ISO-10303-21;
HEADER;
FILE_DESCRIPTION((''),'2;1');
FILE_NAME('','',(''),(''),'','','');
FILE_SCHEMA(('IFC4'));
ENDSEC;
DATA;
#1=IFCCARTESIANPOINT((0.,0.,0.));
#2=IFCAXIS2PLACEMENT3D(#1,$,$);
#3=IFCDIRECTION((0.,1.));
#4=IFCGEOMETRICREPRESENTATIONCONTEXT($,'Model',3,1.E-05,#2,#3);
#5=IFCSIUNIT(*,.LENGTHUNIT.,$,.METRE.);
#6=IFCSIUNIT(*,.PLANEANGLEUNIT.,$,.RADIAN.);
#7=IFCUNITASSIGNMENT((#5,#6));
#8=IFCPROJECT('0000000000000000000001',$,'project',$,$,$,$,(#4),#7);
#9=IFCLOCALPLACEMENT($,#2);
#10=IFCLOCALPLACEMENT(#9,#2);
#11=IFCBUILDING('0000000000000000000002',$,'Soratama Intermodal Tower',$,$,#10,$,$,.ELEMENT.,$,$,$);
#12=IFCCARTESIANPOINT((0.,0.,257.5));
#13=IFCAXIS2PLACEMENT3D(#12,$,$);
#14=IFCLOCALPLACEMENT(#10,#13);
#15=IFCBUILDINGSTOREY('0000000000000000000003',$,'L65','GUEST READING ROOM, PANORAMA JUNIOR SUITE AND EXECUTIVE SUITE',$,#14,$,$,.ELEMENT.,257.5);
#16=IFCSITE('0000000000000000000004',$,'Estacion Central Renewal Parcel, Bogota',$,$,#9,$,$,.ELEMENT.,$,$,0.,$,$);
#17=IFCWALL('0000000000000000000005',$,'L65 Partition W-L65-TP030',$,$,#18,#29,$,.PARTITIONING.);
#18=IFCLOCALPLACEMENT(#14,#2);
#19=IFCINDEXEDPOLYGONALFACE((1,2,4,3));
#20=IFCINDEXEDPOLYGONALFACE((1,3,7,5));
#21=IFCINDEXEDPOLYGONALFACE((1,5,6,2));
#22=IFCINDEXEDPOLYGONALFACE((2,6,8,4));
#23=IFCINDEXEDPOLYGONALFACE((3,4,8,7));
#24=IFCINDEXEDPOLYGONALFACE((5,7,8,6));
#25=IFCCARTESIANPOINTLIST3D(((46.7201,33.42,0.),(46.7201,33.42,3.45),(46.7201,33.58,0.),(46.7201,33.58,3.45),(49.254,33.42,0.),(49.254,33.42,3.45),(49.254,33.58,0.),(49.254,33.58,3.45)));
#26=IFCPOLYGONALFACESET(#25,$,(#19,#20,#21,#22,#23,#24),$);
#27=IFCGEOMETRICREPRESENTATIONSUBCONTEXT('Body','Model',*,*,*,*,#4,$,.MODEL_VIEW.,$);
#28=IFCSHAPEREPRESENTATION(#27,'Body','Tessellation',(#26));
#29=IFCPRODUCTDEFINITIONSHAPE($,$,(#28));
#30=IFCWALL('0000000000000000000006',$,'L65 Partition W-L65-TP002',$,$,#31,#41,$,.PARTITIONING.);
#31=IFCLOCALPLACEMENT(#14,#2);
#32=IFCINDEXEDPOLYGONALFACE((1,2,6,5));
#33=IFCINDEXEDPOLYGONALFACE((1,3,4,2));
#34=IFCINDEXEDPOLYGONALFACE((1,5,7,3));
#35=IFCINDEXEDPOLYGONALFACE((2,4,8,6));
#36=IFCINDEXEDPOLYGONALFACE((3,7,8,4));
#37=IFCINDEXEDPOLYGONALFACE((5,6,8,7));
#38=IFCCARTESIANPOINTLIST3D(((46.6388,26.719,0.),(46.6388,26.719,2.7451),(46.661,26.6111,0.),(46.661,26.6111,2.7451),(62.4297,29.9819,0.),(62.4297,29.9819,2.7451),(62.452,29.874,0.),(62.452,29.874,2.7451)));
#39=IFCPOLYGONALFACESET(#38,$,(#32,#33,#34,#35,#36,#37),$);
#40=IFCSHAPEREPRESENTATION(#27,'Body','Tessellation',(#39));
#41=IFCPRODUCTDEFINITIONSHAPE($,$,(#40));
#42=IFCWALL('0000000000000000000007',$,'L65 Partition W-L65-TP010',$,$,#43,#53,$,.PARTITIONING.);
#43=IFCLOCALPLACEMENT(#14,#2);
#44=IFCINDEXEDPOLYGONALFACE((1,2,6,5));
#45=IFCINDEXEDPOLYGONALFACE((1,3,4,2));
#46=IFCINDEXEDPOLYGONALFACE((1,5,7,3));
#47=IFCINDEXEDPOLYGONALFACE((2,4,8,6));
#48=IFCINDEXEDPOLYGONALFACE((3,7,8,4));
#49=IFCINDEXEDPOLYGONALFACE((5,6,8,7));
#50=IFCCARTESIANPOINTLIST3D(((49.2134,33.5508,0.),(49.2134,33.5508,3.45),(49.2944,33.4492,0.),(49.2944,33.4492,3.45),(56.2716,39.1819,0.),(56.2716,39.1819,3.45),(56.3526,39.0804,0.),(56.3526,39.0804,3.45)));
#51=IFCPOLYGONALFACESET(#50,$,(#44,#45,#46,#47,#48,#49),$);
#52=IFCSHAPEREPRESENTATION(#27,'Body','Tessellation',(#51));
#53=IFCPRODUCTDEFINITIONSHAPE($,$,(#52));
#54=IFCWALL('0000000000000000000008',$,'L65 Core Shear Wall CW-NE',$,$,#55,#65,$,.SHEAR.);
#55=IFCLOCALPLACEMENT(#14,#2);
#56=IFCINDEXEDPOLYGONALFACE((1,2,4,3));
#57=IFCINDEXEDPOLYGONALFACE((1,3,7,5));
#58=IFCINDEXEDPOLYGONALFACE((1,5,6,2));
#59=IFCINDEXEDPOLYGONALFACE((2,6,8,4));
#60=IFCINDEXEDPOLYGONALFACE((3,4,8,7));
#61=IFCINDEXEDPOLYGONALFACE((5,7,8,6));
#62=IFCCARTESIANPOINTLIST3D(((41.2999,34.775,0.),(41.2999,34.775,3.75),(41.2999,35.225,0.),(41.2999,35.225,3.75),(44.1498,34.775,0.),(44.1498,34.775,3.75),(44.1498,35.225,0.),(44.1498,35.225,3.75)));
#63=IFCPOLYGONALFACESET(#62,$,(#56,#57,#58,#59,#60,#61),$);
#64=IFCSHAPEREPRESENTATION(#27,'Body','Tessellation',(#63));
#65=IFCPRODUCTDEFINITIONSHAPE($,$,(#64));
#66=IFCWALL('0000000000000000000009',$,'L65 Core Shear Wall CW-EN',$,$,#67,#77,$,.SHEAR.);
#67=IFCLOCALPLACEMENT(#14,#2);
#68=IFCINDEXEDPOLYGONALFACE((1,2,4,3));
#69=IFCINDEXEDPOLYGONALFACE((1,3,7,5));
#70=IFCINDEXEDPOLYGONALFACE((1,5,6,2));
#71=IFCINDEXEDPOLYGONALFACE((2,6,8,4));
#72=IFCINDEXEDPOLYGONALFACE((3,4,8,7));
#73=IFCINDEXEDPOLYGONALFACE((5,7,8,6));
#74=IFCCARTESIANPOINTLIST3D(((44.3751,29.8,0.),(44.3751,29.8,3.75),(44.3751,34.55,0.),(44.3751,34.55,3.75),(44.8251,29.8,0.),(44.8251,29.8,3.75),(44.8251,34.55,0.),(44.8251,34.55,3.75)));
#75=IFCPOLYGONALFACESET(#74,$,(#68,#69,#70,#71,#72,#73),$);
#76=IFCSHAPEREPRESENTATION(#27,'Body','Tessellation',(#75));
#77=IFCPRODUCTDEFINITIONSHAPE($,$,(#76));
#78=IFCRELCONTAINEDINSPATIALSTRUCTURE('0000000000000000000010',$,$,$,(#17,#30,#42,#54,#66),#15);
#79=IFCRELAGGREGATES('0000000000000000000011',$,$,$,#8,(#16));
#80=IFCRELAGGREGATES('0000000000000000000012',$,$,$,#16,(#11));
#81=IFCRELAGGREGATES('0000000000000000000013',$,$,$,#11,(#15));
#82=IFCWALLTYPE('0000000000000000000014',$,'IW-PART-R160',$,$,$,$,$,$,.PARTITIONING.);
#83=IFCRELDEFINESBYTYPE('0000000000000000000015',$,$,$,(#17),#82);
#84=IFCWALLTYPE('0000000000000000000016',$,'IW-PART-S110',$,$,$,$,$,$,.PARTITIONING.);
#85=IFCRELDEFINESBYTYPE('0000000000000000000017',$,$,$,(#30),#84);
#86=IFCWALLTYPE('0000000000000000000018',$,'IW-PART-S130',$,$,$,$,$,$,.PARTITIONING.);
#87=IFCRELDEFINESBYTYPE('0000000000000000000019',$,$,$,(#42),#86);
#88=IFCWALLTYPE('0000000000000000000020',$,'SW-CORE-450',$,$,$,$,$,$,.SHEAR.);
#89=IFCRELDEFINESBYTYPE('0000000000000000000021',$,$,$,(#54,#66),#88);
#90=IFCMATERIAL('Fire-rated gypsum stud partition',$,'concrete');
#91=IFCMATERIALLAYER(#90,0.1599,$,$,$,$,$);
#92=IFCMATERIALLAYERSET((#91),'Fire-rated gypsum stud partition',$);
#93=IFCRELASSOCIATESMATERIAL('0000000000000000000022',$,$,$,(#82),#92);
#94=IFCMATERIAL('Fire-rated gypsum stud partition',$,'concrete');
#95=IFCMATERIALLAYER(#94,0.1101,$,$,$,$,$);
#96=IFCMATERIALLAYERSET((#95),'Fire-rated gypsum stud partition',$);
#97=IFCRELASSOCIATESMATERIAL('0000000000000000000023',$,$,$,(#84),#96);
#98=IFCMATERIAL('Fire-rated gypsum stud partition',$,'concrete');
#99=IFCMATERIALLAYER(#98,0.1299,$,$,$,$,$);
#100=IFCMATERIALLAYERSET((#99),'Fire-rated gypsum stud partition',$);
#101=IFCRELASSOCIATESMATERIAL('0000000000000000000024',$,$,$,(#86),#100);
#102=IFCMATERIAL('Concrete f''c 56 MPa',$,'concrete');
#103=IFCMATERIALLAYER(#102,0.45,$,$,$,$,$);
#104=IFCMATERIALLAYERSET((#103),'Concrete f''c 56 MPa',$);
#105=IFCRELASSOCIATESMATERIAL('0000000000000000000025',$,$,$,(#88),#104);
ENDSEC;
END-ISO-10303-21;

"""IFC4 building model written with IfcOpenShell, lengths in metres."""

from ifc_helpers import new_model, si_unit, direction, frame, frame_2d, origin, place, context, subcontext, project, spatial, rectangle, extrude, material, layer, layer_set, type_object, element, save


model = new_model("IFC4")

# Units and contexts
model_context = context("Model", 3, precision=1e-05, world=origin(), true_north=direction((0.0, 1.0)))
body_context = subcontext(model_context, "Body", "Model", "MODEL_VIEW")
ifc_project = project(units=[si_unit("LENGTHUNIT", "METRE"), si_unit("PLANEANGLEUNIT", "RADIAN")], contexts=[model_context])

# Site, building, storey
site_placement = place(None, origin())
site = spatial("IfcSite", under=ifc_project, at=site_placement, Name="Estacion Central Renewal Parcel, Bogota", CompositionType="ELEMENT", RefElevation=0.0)
building_placement = place(site_placement, origin())
building = spatial("IfcBuilding", under=site, at=building_placement, Name="Soratama Intermodal Tower", CompositionType="ELEMENT")
storey_placement = place(building_placement, frame((0.0, 0.0, 257.5)))
storey = spatial("IfcBuildingStorey", under=building, at=storey_placement, Name="L65", Description="GUEST READING ROOM, PANORAMA JUNIOR SUITE AND EXECUTIVE SUITE", CompositionType="ELEMENT", Elevation=257.5)

# Shared definitions
ifc_material_1 = material(Name="Fire-rated gypsum stud partition", Category="concrete")
ifc_layer_1 = layer(ifc_material_1, 0.1599)
ifc_layer_set_1 = layer_set([ifc_layer_1], Name="Fire-rated gypsum stud partition")
wall_type_1 = type_object("IfcWallType", Name="IW-PART-R160", PredefinedType="PARTITIONING", material=ifc_layer_set_1)

# Wall
wall_1_placement = place(storey_placement, frame((46.72, 33.5, 0.0), z_axis=(0.0, 0.0, 1.0), x_axis=(1.0, 0.0, 0.0)))
element("IfcWall", 1, at=wall_1_placement, inside=storey, type_object=wall_type_1, Name="L65 Partition W-L65-TP030", PredefinedType="PARTITIONING", context=body_context, shape_type="SweptSolid", body=[
    extrude(rectangle(XDim=2.5339, YDim=0.1599, at=frame_2d((1.2671, 0.0))), origin(), (0.0, 0.0, 1.0), 3.45),
])

# Walls
ifc_material_2 = material(Name="Fire-rated gypsum stud partition", Category="concrete")
ifc_layer_2 = layer(ifc_material_2, 0.1101)
ifc_layer_set_2 = layer_set([ifc_layer_2], Name="Fire-rated gypsum stud partition")
wall_type_2 = type_object("IfcWallType", Name="IW-PART-S110", PredefinedType="PARTITIONING", material=ifc_layer_set_2)
wall_2_placement = place(storey_placement, frame((46.6499, 26.665, 0.0), z_axis=(0.0, 0.0, 1.0), x_axis=(0.979312, 0.202358, 0.0)))
element("IfcWall", 2, at=wall_2_placement, inside=storey, type_object=wall_type_2, Name="L65 Partition W-L65-TP002", PredefinedType="PARTITIONING", context=body_context, shape_type="SweptSolid", body=[
    extrude(rectangle(XDim=16.1245, YDim=0.1101, at=frame_2d((8.0623, 0.0))), origin(), (0.0, 0.0, 1.0), 2.7451),
])
ifc_material_3 = material(Name="Fire-rated gypsum stud partition", Category="concrete")
ifc_layer_3 = layer(ifc_material_3, 0.1299)
ifc_layer_set_3 = layer_set([ifc_layer_3], Name="Fire-rated gypsum stud partition")
wall_type_3 = type_object("IfcWallType", Name="IW-PART-S130", PredefinedType="PARTITIONING", material=ifc_layer_set_3)
wall_3_placement = place(storey_placement, frame((49.2539, 33.5, 0.0), z_axis=(0.0, 0.0, 1.0), x_axis=(0.781699, 0.623656, 0.0)))
element("IfcWall", 3, at=wall_3_placement, inside=storey, type_object=wall_type_3, Name="L65 Partition W-L65-TP010", PredefinedType="PARTITIONING", context=body_context, shape_type="SweptSolid", body=[
    extrude(rectangle(XDim=9.0293, YDim=0.1299, at=frame_2d((4.5146, 0.0))), origin(), (0.0, 0.0, 1.0), 3.45),
])
ifc_material_4 = material(Name="Concrete f'c 56 MPa", Category="concrete")
ifc_layer_4 = layer(ifc_material_4, 0.45)
ifc_layer_set_4 = layer_set([ifc_layer_4], Name="Concrete f'c 56 MPa")
wall_type_4 = type_object("IfcWallType", Name="SW-CORE-450", PredefinedType="SHEAR", material=ifc_layer_set_4)
wall_4_placement = place(storey_placement, frame((41.3, 35.0, 0.0), z_axis=(0.0, 0.0, 1.0), x_axis=(1.0, 0.0, 0.0)))
element("IfcWall", 4, at=wall_4_placement, inside=storey, type_object=wall_type_4, Name="L65 Core Shear Wall CW-NE", PredefinedType="SHEAR", context=body_context, shape_type="SweptSolid", body=[
    extrude(rectangle(XDim=2.8499, YDim=0.45, at=frame_2d((1.4248, 0.0))), origin(), (0.0, 0.0, 1.0), 3.75),
])
wall_5_placement = place(storey_placement, frame((44.6001, 29.8, 0.0), z_axis=(0.0, 0.0, 1.0), x_axis=(0.0, 1.0, 0.0)))
element("IfcWall", 5, at=wall_5_placement, inside=storey, type_object=wall_type_4, Name="L65 Core Shear Wall CW-EN", PredefinedType="SHEAR", context=body_context, shape_type="SweptSolid", body=[
    extrude(rectangle(XDim=4.75, YDim=0.45, at=frame_2d((2.375, 0.0))), origin(), (0.0, 0.0, 1.0), 3.75),
])

save(model, "model.ifc")
